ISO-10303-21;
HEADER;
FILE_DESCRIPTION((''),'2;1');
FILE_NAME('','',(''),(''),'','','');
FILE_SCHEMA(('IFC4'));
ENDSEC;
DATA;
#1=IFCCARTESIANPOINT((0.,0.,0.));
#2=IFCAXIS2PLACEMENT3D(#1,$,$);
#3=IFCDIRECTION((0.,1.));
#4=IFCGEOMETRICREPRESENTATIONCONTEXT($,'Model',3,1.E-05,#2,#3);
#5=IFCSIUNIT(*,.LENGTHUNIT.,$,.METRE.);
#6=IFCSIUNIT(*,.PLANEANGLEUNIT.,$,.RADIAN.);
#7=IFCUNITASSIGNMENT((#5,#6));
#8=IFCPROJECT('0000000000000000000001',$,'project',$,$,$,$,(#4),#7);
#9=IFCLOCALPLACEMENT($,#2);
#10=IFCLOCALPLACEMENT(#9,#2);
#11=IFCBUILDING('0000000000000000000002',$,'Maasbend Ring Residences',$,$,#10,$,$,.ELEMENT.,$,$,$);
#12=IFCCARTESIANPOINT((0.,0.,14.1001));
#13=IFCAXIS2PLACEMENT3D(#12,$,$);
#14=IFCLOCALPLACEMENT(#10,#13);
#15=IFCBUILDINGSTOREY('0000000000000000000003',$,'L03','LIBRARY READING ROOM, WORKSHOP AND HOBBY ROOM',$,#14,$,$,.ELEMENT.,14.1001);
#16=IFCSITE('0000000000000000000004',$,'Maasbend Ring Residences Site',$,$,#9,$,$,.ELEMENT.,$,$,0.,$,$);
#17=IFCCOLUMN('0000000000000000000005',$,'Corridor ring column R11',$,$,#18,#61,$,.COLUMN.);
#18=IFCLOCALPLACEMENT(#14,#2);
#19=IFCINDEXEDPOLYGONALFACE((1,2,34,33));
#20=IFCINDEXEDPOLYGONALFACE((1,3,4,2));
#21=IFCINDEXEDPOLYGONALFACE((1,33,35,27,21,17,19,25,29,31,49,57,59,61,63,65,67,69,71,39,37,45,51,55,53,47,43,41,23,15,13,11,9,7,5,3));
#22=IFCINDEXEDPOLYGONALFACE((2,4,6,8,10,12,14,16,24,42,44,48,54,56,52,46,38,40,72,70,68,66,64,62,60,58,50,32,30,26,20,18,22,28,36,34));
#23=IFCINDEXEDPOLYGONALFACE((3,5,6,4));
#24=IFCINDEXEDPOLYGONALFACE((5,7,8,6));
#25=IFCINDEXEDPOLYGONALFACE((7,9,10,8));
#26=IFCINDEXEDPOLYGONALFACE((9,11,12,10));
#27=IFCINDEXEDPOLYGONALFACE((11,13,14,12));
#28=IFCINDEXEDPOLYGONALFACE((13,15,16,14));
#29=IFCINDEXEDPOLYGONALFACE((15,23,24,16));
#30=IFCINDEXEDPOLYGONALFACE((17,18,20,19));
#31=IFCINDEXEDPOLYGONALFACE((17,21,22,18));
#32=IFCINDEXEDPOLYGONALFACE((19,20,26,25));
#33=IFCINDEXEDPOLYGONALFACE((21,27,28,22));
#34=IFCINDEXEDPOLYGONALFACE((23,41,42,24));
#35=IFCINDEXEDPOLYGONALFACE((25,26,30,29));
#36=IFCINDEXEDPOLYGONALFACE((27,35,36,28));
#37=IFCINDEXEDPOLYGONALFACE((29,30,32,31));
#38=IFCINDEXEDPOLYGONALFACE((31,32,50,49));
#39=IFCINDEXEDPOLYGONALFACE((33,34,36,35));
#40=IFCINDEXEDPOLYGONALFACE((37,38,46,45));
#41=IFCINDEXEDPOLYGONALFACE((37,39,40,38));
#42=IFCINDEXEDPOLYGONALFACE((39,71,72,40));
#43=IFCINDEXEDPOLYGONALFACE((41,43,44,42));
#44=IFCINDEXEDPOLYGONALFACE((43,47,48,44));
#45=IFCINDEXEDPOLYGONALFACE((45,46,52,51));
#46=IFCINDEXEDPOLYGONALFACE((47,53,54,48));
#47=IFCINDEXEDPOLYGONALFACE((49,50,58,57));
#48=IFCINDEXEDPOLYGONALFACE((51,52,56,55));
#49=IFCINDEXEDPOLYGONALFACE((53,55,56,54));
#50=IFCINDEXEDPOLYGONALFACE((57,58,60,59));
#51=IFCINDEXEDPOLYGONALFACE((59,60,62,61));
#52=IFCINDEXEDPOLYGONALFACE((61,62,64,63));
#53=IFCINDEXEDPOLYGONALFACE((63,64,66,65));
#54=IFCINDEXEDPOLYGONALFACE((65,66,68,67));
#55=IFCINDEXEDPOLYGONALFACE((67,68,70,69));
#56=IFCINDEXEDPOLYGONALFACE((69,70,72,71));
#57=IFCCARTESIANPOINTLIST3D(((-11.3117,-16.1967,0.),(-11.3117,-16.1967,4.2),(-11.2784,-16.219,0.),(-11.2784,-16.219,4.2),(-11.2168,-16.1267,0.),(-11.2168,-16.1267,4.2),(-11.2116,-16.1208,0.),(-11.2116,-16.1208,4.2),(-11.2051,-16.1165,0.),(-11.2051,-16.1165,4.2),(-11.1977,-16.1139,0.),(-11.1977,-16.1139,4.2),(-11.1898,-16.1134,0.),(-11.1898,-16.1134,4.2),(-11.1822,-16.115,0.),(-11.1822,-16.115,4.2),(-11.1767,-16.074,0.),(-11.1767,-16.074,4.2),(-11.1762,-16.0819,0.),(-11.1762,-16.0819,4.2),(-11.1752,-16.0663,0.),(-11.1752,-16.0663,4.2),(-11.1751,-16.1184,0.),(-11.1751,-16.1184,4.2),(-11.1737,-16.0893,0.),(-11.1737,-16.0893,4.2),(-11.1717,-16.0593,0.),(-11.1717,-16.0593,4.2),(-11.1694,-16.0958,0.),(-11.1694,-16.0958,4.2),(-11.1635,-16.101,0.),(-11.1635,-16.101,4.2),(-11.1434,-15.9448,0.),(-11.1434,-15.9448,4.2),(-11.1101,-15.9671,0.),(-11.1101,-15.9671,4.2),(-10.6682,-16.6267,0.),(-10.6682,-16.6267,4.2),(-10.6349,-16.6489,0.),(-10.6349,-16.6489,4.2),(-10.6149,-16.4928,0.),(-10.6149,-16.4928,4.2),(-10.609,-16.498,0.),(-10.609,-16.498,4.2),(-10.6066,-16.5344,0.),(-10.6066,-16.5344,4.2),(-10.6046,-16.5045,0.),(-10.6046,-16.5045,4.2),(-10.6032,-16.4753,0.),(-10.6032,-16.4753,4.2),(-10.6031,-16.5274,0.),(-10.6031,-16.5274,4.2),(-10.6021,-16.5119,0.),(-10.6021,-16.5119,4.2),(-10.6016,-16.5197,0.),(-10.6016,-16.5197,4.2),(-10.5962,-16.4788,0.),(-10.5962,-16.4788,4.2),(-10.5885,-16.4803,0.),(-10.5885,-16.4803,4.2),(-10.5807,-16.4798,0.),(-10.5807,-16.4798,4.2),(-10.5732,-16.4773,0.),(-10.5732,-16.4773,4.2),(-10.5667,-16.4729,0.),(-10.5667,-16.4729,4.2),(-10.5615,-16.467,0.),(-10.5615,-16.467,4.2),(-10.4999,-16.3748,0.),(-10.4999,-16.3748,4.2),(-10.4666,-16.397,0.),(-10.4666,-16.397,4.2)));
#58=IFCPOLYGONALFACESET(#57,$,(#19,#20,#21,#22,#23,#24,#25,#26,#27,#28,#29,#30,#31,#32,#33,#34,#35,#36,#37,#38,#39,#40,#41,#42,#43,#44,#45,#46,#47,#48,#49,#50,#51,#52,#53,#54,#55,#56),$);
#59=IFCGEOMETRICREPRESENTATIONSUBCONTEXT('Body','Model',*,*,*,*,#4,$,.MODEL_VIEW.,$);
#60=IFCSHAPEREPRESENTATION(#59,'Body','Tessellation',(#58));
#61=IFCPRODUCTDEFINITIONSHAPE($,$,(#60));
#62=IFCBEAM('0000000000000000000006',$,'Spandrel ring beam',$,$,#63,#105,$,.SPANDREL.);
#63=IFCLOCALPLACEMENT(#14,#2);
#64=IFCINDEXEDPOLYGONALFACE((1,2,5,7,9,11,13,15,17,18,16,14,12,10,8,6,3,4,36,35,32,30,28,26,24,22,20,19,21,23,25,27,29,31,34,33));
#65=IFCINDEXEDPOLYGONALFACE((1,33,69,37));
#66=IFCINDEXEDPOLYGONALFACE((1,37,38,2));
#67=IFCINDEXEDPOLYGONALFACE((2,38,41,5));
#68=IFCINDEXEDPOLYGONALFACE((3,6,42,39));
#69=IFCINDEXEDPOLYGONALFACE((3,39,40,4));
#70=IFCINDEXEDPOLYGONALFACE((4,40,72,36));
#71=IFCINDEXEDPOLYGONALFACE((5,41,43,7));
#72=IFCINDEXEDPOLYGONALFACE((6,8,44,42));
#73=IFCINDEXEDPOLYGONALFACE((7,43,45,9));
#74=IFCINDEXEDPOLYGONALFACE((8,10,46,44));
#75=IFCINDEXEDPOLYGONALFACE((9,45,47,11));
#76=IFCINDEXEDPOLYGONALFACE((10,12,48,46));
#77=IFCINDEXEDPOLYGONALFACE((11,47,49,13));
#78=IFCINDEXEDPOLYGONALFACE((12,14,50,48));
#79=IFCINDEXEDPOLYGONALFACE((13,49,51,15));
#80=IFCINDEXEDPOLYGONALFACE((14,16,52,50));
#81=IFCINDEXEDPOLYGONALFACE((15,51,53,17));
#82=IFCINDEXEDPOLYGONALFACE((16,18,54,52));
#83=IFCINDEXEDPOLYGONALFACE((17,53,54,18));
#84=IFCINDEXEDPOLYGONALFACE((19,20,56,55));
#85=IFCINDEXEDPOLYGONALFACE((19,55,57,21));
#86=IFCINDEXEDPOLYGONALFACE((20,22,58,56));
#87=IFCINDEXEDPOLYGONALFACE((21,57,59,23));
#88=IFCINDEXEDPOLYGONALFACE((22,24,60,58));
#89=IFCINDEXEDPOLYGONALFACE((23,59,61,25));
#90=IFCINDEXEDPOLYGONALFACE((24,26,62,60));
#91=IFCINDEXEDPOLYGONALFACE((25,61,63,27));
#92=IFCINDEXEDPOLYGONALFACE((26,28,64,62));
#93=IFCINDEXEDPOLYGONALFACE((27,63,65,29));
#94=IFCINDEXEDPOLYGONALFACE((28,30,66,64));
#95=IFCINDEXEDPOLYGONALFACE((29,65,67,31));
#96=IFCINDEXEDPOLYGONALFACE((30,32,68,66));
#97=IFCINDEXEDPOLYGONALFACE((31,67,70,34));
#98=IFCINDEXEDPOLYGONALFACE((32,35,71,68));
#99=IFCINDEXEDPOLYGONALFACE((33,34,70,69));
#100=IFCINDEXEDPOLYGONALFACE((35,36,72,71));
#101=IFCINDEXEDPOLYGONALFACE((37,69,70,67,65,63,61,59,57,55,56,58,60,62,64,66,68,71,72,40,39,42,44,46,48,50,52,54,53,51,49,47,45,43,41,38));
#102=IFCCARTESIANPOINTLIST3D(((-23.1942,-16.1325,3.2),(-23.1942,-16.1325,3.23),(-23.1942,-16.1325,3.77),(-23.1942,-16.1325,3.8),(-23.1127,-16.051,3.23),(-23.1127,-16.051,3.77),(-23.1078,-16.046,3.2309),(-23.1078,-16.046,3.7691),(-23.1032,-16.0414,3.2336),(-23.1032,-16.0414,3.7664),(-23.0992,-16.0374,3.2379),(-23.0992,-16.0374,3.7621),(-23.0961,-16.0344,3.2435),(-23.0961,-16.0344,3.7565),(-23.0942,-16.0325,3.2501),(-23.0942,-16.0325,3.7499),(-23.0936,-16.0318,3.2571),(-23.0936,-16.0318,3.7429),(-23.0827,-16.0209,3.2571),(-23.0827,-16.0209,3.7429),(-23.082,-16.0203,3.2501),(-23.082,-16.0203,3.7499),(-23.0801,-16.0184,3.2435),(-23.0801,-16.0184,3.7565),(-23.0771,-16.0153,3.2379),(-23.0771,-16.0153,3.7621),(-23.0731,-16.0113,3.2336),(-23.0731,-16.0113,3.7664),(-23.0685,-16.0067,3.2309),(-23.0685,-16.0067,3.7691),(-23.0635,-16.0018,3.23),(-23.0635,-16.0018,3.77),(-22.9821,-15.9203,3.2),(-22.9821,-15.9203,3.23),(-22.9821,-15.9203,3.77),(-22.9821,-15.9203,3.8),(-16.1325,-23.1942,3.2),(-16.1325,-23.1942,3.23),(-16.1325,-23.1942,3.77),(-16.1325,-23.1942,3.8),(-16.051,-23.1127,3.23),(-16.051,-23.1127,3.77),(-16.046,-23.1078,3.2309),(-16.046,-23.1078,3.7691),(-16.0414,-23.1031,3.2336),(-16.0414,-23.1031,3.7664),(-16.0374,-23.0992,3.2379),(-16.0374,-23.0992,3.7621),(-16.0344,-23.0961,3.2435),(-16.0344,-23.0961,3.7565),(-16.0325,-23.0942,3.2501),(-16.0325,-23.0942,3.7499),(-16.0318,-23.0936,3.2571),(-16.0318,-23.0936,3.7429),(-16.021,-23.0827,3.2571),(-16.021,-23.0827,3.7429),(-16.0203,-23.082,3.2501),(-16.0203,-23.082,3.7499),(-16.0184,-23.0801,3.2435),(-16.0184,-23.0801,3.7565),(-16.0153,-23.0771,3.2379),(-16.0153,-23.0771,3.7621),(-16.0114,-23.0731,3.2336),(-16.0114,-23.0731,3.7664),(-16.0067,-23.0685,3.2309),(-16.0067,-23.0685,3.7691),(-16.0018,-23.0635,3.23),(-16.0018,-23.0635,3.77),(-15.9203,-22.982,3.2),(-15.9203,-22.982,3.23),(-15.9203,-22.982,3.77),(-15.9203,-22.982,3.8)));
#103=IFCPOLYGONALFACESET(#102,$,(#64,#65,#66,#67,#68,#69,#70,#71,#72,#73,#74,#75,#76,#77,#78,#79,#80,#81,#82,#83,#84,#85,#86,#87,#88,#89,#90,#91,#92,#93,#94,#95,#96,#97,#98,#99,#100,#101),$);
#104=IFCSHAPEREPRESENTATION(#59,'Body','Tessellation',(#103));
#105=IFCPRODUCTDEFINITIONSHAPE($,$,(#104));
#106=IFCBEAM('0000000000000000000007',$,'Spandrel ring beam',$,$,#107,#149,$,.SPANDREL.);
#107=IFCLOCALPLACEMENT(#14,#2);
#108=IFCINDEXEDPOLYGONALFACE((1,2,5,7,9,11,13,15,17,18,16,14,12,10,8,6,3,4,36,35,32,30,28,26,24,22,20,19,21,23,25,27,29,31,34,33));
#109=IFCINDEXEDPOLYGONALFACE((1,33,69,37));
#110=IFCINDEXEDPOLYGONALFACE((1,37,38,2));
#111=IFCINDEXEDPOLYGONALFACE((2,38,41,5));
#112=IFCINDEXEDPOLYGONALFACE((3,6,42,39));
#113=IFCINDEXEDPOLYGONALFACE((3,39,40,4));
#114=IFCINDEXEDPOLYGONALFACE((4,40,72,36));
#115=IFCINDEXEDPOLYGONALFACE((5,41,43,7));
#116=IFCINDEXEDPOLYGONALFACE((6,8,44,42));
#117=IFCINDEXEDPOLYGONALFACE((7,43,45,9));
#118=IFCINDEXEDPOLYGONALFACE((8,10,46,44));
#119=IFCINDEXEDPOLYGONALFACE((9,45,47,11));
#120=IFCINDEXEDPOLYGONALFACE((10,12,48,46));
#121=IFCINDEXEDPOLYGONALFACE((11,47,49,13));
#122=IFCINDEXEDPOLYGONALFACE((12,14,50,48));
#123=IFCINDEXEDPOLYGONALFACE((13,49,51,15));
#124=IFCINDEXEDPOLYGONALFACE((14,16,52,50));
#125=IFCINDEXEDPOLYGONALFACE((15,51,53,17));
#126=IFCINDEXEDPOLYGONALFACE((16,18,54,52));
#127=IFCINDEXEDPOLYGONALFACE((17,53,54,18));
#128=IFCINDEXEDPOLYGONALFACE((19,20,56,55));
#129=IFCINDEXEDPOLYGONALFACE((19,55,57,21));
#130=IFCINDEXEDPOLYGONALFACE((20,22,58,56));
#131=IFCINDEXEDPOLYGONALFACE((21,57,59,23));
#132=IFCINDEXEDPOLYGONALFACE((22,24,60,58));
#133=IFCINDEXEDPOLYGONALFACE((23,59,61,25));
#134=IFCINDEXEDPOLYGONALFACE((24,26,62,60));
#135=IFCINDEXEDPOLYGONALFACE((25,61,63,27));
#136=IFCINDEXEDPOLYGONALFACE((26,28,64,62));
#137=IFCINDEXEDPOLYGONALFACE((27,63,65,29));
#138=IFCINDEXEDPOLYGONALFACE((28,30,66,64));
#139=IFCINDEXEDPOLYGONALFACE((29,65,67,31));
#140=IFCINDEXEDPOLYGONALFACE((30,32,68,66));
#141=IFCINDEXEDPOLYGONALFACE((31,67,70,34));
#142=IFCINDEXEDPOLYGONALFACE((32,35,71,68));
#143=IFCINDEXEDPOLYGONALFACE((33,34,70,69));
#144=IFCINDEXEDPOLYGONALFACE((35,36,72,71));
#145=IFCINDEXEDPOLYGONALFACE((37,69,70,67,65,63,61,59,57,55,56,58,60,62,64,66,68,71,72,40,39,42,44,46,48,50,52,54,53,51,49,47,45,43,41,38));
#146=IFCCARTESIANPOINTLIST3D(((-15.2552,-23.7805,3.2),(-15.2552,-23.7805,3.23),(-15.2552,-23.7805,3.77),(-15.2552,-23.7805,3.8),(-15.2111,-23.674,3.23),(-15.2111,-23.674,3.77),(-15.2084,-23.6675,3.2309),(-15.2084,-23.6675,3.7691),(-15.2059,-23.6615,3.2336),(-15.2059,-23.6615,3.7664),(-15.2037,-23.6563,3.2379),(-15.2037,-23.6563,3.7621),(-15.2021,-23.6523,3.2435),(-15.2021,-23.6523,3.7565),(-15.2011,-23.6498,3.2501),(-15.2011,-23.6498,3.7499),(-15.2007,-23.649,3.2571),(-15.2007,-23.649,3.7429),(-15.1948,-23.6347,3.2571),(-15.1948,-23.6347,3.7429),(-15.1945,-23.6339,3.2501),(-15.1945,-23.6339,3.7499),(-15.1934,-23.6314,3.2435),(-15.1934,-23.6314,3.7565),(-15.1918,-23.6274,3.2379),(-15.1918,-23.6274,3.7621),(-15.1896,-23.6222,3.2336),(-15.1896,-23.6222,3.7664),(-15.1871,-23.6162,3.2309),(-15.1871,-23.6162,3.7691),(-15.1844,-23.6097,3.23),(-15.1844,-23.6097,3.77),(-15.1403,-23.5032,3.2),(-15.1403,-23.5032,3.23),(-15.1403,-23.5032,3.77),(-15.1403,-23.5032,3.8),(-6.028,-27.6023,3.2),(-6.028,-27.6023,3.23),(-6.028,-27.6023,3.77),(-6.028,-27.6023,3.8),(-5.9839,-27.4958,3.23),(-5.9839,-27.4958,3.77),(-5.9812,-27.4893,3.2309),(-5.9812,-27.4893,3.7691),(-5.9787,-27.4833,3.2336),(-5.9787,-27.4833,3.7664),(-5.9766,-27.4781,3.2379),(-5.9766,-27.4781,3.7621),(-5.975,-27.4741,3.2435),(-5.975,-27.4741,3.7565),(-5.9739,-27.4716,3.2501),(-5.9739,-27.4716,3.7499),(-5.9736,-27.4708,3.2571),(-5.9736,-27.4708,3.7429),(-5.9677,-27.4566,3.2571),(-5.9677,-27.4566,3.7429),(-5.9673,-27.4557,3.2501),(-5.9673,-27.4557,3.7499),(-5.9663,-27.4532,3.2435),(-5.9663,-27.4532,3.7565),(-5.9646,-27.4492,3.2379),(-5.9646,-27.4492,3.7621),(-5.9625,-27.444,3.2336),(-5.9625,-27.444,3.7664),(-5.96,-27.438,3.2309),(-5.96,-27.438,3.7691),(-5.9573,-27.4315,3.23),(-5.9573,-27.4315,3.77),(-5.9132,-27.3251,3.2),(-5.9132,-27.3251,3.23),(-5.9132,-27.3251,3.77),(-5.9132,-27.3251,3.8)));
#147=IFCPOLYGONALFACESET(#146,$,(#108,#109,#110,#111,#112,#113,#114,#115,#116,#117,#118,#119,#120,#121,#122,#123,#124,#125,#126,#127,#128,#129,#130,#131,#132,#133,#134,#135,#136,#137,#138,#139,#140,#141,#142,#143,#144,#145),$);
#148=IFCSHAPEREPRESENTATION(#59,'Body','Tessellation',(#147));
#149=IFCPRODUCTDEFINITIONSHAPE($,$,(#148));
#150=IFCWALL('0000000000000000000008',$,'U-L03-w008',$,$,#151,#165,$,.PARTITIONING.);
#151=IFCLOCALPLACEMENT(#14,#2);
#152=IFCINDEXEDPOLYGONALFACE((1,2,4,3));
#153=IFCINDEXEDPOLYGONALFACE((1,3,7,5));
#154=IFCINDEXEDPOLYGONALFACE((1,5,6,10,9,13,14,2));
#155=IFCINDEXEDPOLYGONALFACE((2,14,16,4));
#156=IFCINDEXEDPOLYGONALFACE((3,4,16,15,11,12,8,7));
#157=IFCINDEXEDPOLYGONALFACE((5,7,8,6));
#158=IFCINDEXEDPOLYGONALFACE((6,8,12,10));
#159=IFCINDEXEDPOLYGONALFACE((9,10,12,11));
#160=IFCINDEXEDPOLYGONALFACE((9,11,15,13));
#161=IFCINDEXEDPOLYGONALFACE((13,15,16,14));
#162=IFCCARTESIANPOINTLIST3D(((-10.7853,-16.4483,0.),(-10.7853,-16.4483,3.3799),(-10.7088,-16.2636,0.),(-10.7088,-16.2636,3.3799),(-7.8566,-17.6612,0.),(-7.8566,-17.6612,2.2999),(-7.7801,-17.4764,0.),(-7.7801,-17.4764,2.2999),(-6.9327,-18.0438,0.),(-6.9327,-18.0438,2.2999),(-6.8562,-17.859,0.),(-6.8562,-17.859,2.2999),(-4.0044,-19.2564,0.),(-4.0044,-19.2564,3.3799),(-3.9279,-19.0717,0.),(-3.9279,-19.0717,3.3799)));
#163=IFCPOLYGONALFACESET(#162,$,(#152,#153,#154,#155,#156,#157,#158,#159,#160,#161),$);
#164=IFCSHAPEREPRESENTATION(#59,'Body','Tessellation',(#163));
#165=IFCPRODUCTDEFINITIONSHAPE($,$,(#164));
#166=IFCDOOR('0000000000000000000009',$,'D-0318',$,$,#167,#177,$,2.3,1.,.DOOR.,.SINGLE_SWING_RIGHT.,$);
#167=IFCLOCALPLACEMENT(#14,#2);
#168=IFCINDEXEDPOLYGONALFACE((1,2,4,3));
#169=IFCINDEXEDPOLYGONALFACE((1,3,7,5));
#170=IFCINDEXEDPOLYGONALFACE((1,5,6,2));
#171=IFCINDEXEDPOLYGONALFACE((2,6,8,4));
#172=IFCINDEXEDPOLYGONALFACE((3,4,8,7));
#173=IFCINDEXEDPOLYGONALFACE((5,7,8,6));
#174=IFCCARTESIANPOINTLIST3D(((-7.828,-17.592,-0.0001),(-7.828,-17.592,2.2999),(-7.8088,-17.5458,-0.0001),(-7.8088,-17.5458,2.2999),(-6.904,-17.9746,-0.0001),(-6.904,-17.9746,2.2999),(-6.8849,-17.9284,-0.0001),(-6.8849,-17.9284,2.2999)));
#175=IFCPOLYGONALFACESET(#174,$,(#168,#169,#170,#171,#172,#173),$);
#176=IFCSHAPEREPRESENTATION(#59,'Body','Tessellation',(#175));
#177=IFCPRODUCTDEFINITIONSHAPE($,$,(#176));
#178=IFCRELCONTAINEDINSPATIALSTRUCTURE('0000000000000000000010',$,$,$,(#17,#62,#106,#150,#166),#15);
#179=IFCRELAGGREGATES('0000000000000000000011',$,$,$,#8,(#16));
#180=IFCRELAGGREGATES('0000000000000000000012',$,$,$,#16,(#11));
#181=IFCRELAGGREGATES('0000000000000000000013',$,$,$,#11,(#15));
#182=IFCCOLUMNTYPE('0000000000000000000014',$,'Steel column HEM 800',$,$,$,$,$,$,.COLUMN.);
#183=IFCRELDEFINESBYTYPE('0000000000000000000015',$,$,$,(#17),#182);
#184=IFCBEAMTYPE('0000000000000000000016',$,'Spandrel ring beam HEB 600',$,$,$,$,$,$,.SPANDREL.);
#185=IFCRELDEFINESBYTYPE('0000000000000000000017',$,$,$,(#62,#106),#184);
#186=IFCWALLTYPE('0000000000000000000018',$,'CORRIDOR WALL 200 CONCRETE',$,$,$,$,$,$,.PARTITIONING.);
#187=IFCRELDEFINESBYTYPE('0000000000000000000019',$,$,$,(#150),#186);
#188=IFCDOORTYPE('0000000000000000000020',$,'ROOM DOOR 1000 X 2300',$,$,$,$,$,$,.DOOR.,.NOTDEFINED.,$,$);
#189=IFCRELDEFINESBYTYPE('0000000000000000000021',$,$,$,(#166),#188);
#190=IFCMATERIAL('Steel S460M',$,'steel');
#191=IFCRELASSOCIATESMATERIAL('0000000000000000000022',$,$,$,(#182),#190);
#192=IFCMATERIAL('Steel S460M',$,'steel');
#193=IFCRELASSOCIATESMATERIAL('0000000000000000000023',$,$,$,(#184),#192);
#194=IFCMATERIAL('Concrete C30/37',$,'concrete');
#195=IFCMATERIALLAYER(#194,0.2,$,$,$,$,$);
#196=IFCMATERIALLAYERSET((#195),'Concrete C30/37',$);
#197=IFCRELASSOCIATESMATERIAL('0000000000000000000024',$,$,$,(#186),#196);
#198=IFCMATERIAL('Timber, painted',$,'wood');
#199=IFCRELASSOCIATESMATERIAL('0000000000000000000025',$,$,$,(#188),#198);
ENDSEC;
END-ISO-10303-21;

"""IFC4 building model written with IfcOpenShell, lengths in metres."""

from ifc_helpers import new_model, si_unit, direction, frame, frame_2d, origin, origin_2d, place, context, subcontext, project, spatial, rectangle, i_section, extrude, material, layer, layer_set, material_profile, profile_set, type_object, element, fill, save


model = new_model("IFC4")

# Units and contexts
model_context = context("Model", 3, precision=1e-05, world=origin(), true_north=direction((0.0, 1.0)))
body_context = subcontext(model_context, "Body", "Model", "MODEL_VIEW")
ifc_project = project(units=[si_unit("LENGTHUNIT", "METRE"), si_unit("PLANEANGLEUNIT", "RADIAN")], contexts=[model_context])

# Site, building, storey
site_placement = place(None, origin())
site = spatial("IfcSite", under=ifc_project, at=site_placement, Name="Maasbend Ring Residences Site", CompositionType="ELEMENT", RefElevation=0.0)
building_placement = place(site_placement, origin())
building = spatial("IfcBuilding", under=site, at=building_placement, Name="Maasbend Ring Residences", CompositionType="ELEMENT")
storey_placement = place(building_placement, frame((0.0, 0.0, 14.1001)))
storey = spatial("IfcBuildingStorey", under=building, at=storey_placement, Name="L03", Description="LIBRARY READING ROOM, WORKSHOP AND HOBBY ROOM", CompositionType="ELEMENT", Elevation=14.1001)

# Column
ifc_material_1 = material(Name="Steel S460M", Category="steel")
ifc_material_profile_1 = material_profile(ifc_material_1, i_section(OverallWidth=0.303, OverallDepth=0.814, WebThickness=0.021, FlangeThickness=0.04, FilletRadius=0.03, at=origin_2d()), Name="HEM 800")
ifc_profile_set_1 = profile_set([ifc_material_profile_1], Name="Steel S460M")
column_type_1 = type_object("IfcColumnType", Name="Steel column HEM 800", PredefinedType="COLUMN", material=ifc_profile_set_1)
column_placement = place(storey_placement, frame((-10.8892, -16.2969, 0.0), z_axis=(0.0, 0.0, 1.0), x_axis=(-0.55557, -0.83147, 0.0)))
element("IfcColumn", 1, at=column_placement, inside=storey, type_object=column_type_1, Name="Corridor ring column R11", PredefinedType="COLUMN", context=body_context, shape_type="SweptSolid", body=[
    extrude(i_section(OverallWidth=0.303, OverallDepth=0.814, WebThickness=0.021, FlangeThickness=0.04, FilletRadius=0.03, at=origin_2d()), origin(), (0.0, 0.0, 1.0), 4.2),
])

# Beams
ifc_material_2 = material(Name="Steel S460M", Category="steel")
ifc_material_profile_2 = material_profile(ifc_material_2, i_section(OverallWidth=0.3, OverallDepth=0.6001, WebThickness=0.0154, FlangeThickness=0.03, FilletRadius=0.0271, at=origin_2d()), Name="HEB 600")
ifc_profile_set_2 = profile_set([ifc_material_profile_2], Name="Steel S460M")
beam_type = type_object("IfcBeamType", Name="Spandrel ring beam HEB 600", PredefinedType="SPANDREL", material=ifc_profile_set_2)
beam_1_placement = place(storey_placement, frame((-23.0881, -16.0264, 3.5), z_axis=(0.707107, -0.707107, 0.0), x_axis=(0.707107, 0.707107, 0.0)))
element("IfcBeam", 2, at=beam_1_placement, inside=storey, type_object=beam_type, Name="Spandrel ring beam", PredefinedType="SPANDREL", context=body_context, shape_type="SweptSolid", body=[
    extrude(i_section(OverallWidth=0.3, OverallDepth=0.6001, WebThickness=0.0154, FlangeThickness=0.03, FilletRadius=0.0271, at=origin_2d()), origin(), (0.0, 0.0, 1.0), 9.9868),
])
beam_2_placement = place(storey_placement, frame((-15.1978, -23.6418, 3.5), z_axis=(0.923886, -0.382667, 0.0), x_axis=(0.382667, 0.923886, 0.0)))
element("IfcBeam", 3, at=beam_2_placement, inside=storey, type_object=beam_type, Name="Spandrel ring beam", PredefinedType="SPANDREL", context=body_context, shape_type="SweptSolid", body=[
    extrude(i_section(OverallWidth=0.3, OverallDepth=0.6001, WebThickness=0.0154, FlangeThickness=0.03, FilletRadius=0.0271, at=origin_2d()), origin(), (0.0, 0.0, 1.0), 9.9873),
])

# Wall, opening, door
ifc_material_3 = material(Name="Concrete C30/37", Category="concrete")
ifc_layer_1 = layer(ifc_material_3, 0.2)
ifc_layer_set_1 = layer_set([ifc_layer_1], Name="Concrete C30/37")
wall_type_1 = type_object("IfcWallType", Name="CORRIDOR WALL 200 CONCRETE", PredefinedType="PARTITIONING", material=ifc_layer_set_1)
wall_1_placement = place(storey_placement, frame((-10.7471, -16.356, 0.0), z_axis=(0.0, 0.0, 1.0), x_axis=(0.923912, -0.382604, 0.0)))
wall_1 = element("IfcWall", 4, at=wall_1_placement, inside=storey, type_object=wall_type_1, Name="U-L03-w008", PredefinedType="PARTITIONING", context=body_context, shape_type="SweptSolid", body=[
    extrude(rectangle(XDim=7.3394, YDim=0.2, at=frame_2d((3.6697, 0.0))), origin(), (0.0, 0.0, 1.0), 3.3799),
])
opening_1_placement = place(wall_1_placement, frame((3.1699, 0.0, 0.0)))
opening_1 = element("IfcOpeningElement", 5, at=opening_1_placement, cuts=wall_1, PredefinedType="OPENING", context=body_context, shape_type="SweptSolid", body=[
    extrude(rectangle(XDim=1.0, YDim=2.3, at=frame_2d((0.5, 1.1499))), frame((0.0, 0.1099, 0.0), z_axis=(0.0, -1.0, 0.0), x_axis=(1.0, 0.0, 0.0)), (0.0, 0.0, 1.0), 0.22),
])
ifc_material_4 = material(Name="Timber, painted", Category="wood")
door_type = type_object("IfcDoorType", Name="ROOM DOOR 1000 X 2300", OperationType="NOTDEFINED", PredefinedType="DOOR", material=ifc_material_4)
door_1_placement = place(opening_1_placement, origin())
door_1 = element("IfcDoor", 6, at=door_1_placement, inside=storey, type_object=door_type, Name="D-0318", OperationType="SINGLE_SWING_RIGHT", OverallHeight=2.3, OverallWidth=1.0, PredefinedType="DOOR", context=body_context, shape_type="SweptSolid", body=[
    extrude(rectangle(XDim=1.0, YDim=2.3, at=frame_2d((0.5, 1.1499))), frame((0.0, 0.0249, 0.0), z_axis=(0.0, -1.0, 0.0), x_axis=(1.0, 0.0, 0.0)), (0.0, 0.0, 1.0), 0.05),
])
fill(opening_1, door_1)

save(model, "model.ifc")
